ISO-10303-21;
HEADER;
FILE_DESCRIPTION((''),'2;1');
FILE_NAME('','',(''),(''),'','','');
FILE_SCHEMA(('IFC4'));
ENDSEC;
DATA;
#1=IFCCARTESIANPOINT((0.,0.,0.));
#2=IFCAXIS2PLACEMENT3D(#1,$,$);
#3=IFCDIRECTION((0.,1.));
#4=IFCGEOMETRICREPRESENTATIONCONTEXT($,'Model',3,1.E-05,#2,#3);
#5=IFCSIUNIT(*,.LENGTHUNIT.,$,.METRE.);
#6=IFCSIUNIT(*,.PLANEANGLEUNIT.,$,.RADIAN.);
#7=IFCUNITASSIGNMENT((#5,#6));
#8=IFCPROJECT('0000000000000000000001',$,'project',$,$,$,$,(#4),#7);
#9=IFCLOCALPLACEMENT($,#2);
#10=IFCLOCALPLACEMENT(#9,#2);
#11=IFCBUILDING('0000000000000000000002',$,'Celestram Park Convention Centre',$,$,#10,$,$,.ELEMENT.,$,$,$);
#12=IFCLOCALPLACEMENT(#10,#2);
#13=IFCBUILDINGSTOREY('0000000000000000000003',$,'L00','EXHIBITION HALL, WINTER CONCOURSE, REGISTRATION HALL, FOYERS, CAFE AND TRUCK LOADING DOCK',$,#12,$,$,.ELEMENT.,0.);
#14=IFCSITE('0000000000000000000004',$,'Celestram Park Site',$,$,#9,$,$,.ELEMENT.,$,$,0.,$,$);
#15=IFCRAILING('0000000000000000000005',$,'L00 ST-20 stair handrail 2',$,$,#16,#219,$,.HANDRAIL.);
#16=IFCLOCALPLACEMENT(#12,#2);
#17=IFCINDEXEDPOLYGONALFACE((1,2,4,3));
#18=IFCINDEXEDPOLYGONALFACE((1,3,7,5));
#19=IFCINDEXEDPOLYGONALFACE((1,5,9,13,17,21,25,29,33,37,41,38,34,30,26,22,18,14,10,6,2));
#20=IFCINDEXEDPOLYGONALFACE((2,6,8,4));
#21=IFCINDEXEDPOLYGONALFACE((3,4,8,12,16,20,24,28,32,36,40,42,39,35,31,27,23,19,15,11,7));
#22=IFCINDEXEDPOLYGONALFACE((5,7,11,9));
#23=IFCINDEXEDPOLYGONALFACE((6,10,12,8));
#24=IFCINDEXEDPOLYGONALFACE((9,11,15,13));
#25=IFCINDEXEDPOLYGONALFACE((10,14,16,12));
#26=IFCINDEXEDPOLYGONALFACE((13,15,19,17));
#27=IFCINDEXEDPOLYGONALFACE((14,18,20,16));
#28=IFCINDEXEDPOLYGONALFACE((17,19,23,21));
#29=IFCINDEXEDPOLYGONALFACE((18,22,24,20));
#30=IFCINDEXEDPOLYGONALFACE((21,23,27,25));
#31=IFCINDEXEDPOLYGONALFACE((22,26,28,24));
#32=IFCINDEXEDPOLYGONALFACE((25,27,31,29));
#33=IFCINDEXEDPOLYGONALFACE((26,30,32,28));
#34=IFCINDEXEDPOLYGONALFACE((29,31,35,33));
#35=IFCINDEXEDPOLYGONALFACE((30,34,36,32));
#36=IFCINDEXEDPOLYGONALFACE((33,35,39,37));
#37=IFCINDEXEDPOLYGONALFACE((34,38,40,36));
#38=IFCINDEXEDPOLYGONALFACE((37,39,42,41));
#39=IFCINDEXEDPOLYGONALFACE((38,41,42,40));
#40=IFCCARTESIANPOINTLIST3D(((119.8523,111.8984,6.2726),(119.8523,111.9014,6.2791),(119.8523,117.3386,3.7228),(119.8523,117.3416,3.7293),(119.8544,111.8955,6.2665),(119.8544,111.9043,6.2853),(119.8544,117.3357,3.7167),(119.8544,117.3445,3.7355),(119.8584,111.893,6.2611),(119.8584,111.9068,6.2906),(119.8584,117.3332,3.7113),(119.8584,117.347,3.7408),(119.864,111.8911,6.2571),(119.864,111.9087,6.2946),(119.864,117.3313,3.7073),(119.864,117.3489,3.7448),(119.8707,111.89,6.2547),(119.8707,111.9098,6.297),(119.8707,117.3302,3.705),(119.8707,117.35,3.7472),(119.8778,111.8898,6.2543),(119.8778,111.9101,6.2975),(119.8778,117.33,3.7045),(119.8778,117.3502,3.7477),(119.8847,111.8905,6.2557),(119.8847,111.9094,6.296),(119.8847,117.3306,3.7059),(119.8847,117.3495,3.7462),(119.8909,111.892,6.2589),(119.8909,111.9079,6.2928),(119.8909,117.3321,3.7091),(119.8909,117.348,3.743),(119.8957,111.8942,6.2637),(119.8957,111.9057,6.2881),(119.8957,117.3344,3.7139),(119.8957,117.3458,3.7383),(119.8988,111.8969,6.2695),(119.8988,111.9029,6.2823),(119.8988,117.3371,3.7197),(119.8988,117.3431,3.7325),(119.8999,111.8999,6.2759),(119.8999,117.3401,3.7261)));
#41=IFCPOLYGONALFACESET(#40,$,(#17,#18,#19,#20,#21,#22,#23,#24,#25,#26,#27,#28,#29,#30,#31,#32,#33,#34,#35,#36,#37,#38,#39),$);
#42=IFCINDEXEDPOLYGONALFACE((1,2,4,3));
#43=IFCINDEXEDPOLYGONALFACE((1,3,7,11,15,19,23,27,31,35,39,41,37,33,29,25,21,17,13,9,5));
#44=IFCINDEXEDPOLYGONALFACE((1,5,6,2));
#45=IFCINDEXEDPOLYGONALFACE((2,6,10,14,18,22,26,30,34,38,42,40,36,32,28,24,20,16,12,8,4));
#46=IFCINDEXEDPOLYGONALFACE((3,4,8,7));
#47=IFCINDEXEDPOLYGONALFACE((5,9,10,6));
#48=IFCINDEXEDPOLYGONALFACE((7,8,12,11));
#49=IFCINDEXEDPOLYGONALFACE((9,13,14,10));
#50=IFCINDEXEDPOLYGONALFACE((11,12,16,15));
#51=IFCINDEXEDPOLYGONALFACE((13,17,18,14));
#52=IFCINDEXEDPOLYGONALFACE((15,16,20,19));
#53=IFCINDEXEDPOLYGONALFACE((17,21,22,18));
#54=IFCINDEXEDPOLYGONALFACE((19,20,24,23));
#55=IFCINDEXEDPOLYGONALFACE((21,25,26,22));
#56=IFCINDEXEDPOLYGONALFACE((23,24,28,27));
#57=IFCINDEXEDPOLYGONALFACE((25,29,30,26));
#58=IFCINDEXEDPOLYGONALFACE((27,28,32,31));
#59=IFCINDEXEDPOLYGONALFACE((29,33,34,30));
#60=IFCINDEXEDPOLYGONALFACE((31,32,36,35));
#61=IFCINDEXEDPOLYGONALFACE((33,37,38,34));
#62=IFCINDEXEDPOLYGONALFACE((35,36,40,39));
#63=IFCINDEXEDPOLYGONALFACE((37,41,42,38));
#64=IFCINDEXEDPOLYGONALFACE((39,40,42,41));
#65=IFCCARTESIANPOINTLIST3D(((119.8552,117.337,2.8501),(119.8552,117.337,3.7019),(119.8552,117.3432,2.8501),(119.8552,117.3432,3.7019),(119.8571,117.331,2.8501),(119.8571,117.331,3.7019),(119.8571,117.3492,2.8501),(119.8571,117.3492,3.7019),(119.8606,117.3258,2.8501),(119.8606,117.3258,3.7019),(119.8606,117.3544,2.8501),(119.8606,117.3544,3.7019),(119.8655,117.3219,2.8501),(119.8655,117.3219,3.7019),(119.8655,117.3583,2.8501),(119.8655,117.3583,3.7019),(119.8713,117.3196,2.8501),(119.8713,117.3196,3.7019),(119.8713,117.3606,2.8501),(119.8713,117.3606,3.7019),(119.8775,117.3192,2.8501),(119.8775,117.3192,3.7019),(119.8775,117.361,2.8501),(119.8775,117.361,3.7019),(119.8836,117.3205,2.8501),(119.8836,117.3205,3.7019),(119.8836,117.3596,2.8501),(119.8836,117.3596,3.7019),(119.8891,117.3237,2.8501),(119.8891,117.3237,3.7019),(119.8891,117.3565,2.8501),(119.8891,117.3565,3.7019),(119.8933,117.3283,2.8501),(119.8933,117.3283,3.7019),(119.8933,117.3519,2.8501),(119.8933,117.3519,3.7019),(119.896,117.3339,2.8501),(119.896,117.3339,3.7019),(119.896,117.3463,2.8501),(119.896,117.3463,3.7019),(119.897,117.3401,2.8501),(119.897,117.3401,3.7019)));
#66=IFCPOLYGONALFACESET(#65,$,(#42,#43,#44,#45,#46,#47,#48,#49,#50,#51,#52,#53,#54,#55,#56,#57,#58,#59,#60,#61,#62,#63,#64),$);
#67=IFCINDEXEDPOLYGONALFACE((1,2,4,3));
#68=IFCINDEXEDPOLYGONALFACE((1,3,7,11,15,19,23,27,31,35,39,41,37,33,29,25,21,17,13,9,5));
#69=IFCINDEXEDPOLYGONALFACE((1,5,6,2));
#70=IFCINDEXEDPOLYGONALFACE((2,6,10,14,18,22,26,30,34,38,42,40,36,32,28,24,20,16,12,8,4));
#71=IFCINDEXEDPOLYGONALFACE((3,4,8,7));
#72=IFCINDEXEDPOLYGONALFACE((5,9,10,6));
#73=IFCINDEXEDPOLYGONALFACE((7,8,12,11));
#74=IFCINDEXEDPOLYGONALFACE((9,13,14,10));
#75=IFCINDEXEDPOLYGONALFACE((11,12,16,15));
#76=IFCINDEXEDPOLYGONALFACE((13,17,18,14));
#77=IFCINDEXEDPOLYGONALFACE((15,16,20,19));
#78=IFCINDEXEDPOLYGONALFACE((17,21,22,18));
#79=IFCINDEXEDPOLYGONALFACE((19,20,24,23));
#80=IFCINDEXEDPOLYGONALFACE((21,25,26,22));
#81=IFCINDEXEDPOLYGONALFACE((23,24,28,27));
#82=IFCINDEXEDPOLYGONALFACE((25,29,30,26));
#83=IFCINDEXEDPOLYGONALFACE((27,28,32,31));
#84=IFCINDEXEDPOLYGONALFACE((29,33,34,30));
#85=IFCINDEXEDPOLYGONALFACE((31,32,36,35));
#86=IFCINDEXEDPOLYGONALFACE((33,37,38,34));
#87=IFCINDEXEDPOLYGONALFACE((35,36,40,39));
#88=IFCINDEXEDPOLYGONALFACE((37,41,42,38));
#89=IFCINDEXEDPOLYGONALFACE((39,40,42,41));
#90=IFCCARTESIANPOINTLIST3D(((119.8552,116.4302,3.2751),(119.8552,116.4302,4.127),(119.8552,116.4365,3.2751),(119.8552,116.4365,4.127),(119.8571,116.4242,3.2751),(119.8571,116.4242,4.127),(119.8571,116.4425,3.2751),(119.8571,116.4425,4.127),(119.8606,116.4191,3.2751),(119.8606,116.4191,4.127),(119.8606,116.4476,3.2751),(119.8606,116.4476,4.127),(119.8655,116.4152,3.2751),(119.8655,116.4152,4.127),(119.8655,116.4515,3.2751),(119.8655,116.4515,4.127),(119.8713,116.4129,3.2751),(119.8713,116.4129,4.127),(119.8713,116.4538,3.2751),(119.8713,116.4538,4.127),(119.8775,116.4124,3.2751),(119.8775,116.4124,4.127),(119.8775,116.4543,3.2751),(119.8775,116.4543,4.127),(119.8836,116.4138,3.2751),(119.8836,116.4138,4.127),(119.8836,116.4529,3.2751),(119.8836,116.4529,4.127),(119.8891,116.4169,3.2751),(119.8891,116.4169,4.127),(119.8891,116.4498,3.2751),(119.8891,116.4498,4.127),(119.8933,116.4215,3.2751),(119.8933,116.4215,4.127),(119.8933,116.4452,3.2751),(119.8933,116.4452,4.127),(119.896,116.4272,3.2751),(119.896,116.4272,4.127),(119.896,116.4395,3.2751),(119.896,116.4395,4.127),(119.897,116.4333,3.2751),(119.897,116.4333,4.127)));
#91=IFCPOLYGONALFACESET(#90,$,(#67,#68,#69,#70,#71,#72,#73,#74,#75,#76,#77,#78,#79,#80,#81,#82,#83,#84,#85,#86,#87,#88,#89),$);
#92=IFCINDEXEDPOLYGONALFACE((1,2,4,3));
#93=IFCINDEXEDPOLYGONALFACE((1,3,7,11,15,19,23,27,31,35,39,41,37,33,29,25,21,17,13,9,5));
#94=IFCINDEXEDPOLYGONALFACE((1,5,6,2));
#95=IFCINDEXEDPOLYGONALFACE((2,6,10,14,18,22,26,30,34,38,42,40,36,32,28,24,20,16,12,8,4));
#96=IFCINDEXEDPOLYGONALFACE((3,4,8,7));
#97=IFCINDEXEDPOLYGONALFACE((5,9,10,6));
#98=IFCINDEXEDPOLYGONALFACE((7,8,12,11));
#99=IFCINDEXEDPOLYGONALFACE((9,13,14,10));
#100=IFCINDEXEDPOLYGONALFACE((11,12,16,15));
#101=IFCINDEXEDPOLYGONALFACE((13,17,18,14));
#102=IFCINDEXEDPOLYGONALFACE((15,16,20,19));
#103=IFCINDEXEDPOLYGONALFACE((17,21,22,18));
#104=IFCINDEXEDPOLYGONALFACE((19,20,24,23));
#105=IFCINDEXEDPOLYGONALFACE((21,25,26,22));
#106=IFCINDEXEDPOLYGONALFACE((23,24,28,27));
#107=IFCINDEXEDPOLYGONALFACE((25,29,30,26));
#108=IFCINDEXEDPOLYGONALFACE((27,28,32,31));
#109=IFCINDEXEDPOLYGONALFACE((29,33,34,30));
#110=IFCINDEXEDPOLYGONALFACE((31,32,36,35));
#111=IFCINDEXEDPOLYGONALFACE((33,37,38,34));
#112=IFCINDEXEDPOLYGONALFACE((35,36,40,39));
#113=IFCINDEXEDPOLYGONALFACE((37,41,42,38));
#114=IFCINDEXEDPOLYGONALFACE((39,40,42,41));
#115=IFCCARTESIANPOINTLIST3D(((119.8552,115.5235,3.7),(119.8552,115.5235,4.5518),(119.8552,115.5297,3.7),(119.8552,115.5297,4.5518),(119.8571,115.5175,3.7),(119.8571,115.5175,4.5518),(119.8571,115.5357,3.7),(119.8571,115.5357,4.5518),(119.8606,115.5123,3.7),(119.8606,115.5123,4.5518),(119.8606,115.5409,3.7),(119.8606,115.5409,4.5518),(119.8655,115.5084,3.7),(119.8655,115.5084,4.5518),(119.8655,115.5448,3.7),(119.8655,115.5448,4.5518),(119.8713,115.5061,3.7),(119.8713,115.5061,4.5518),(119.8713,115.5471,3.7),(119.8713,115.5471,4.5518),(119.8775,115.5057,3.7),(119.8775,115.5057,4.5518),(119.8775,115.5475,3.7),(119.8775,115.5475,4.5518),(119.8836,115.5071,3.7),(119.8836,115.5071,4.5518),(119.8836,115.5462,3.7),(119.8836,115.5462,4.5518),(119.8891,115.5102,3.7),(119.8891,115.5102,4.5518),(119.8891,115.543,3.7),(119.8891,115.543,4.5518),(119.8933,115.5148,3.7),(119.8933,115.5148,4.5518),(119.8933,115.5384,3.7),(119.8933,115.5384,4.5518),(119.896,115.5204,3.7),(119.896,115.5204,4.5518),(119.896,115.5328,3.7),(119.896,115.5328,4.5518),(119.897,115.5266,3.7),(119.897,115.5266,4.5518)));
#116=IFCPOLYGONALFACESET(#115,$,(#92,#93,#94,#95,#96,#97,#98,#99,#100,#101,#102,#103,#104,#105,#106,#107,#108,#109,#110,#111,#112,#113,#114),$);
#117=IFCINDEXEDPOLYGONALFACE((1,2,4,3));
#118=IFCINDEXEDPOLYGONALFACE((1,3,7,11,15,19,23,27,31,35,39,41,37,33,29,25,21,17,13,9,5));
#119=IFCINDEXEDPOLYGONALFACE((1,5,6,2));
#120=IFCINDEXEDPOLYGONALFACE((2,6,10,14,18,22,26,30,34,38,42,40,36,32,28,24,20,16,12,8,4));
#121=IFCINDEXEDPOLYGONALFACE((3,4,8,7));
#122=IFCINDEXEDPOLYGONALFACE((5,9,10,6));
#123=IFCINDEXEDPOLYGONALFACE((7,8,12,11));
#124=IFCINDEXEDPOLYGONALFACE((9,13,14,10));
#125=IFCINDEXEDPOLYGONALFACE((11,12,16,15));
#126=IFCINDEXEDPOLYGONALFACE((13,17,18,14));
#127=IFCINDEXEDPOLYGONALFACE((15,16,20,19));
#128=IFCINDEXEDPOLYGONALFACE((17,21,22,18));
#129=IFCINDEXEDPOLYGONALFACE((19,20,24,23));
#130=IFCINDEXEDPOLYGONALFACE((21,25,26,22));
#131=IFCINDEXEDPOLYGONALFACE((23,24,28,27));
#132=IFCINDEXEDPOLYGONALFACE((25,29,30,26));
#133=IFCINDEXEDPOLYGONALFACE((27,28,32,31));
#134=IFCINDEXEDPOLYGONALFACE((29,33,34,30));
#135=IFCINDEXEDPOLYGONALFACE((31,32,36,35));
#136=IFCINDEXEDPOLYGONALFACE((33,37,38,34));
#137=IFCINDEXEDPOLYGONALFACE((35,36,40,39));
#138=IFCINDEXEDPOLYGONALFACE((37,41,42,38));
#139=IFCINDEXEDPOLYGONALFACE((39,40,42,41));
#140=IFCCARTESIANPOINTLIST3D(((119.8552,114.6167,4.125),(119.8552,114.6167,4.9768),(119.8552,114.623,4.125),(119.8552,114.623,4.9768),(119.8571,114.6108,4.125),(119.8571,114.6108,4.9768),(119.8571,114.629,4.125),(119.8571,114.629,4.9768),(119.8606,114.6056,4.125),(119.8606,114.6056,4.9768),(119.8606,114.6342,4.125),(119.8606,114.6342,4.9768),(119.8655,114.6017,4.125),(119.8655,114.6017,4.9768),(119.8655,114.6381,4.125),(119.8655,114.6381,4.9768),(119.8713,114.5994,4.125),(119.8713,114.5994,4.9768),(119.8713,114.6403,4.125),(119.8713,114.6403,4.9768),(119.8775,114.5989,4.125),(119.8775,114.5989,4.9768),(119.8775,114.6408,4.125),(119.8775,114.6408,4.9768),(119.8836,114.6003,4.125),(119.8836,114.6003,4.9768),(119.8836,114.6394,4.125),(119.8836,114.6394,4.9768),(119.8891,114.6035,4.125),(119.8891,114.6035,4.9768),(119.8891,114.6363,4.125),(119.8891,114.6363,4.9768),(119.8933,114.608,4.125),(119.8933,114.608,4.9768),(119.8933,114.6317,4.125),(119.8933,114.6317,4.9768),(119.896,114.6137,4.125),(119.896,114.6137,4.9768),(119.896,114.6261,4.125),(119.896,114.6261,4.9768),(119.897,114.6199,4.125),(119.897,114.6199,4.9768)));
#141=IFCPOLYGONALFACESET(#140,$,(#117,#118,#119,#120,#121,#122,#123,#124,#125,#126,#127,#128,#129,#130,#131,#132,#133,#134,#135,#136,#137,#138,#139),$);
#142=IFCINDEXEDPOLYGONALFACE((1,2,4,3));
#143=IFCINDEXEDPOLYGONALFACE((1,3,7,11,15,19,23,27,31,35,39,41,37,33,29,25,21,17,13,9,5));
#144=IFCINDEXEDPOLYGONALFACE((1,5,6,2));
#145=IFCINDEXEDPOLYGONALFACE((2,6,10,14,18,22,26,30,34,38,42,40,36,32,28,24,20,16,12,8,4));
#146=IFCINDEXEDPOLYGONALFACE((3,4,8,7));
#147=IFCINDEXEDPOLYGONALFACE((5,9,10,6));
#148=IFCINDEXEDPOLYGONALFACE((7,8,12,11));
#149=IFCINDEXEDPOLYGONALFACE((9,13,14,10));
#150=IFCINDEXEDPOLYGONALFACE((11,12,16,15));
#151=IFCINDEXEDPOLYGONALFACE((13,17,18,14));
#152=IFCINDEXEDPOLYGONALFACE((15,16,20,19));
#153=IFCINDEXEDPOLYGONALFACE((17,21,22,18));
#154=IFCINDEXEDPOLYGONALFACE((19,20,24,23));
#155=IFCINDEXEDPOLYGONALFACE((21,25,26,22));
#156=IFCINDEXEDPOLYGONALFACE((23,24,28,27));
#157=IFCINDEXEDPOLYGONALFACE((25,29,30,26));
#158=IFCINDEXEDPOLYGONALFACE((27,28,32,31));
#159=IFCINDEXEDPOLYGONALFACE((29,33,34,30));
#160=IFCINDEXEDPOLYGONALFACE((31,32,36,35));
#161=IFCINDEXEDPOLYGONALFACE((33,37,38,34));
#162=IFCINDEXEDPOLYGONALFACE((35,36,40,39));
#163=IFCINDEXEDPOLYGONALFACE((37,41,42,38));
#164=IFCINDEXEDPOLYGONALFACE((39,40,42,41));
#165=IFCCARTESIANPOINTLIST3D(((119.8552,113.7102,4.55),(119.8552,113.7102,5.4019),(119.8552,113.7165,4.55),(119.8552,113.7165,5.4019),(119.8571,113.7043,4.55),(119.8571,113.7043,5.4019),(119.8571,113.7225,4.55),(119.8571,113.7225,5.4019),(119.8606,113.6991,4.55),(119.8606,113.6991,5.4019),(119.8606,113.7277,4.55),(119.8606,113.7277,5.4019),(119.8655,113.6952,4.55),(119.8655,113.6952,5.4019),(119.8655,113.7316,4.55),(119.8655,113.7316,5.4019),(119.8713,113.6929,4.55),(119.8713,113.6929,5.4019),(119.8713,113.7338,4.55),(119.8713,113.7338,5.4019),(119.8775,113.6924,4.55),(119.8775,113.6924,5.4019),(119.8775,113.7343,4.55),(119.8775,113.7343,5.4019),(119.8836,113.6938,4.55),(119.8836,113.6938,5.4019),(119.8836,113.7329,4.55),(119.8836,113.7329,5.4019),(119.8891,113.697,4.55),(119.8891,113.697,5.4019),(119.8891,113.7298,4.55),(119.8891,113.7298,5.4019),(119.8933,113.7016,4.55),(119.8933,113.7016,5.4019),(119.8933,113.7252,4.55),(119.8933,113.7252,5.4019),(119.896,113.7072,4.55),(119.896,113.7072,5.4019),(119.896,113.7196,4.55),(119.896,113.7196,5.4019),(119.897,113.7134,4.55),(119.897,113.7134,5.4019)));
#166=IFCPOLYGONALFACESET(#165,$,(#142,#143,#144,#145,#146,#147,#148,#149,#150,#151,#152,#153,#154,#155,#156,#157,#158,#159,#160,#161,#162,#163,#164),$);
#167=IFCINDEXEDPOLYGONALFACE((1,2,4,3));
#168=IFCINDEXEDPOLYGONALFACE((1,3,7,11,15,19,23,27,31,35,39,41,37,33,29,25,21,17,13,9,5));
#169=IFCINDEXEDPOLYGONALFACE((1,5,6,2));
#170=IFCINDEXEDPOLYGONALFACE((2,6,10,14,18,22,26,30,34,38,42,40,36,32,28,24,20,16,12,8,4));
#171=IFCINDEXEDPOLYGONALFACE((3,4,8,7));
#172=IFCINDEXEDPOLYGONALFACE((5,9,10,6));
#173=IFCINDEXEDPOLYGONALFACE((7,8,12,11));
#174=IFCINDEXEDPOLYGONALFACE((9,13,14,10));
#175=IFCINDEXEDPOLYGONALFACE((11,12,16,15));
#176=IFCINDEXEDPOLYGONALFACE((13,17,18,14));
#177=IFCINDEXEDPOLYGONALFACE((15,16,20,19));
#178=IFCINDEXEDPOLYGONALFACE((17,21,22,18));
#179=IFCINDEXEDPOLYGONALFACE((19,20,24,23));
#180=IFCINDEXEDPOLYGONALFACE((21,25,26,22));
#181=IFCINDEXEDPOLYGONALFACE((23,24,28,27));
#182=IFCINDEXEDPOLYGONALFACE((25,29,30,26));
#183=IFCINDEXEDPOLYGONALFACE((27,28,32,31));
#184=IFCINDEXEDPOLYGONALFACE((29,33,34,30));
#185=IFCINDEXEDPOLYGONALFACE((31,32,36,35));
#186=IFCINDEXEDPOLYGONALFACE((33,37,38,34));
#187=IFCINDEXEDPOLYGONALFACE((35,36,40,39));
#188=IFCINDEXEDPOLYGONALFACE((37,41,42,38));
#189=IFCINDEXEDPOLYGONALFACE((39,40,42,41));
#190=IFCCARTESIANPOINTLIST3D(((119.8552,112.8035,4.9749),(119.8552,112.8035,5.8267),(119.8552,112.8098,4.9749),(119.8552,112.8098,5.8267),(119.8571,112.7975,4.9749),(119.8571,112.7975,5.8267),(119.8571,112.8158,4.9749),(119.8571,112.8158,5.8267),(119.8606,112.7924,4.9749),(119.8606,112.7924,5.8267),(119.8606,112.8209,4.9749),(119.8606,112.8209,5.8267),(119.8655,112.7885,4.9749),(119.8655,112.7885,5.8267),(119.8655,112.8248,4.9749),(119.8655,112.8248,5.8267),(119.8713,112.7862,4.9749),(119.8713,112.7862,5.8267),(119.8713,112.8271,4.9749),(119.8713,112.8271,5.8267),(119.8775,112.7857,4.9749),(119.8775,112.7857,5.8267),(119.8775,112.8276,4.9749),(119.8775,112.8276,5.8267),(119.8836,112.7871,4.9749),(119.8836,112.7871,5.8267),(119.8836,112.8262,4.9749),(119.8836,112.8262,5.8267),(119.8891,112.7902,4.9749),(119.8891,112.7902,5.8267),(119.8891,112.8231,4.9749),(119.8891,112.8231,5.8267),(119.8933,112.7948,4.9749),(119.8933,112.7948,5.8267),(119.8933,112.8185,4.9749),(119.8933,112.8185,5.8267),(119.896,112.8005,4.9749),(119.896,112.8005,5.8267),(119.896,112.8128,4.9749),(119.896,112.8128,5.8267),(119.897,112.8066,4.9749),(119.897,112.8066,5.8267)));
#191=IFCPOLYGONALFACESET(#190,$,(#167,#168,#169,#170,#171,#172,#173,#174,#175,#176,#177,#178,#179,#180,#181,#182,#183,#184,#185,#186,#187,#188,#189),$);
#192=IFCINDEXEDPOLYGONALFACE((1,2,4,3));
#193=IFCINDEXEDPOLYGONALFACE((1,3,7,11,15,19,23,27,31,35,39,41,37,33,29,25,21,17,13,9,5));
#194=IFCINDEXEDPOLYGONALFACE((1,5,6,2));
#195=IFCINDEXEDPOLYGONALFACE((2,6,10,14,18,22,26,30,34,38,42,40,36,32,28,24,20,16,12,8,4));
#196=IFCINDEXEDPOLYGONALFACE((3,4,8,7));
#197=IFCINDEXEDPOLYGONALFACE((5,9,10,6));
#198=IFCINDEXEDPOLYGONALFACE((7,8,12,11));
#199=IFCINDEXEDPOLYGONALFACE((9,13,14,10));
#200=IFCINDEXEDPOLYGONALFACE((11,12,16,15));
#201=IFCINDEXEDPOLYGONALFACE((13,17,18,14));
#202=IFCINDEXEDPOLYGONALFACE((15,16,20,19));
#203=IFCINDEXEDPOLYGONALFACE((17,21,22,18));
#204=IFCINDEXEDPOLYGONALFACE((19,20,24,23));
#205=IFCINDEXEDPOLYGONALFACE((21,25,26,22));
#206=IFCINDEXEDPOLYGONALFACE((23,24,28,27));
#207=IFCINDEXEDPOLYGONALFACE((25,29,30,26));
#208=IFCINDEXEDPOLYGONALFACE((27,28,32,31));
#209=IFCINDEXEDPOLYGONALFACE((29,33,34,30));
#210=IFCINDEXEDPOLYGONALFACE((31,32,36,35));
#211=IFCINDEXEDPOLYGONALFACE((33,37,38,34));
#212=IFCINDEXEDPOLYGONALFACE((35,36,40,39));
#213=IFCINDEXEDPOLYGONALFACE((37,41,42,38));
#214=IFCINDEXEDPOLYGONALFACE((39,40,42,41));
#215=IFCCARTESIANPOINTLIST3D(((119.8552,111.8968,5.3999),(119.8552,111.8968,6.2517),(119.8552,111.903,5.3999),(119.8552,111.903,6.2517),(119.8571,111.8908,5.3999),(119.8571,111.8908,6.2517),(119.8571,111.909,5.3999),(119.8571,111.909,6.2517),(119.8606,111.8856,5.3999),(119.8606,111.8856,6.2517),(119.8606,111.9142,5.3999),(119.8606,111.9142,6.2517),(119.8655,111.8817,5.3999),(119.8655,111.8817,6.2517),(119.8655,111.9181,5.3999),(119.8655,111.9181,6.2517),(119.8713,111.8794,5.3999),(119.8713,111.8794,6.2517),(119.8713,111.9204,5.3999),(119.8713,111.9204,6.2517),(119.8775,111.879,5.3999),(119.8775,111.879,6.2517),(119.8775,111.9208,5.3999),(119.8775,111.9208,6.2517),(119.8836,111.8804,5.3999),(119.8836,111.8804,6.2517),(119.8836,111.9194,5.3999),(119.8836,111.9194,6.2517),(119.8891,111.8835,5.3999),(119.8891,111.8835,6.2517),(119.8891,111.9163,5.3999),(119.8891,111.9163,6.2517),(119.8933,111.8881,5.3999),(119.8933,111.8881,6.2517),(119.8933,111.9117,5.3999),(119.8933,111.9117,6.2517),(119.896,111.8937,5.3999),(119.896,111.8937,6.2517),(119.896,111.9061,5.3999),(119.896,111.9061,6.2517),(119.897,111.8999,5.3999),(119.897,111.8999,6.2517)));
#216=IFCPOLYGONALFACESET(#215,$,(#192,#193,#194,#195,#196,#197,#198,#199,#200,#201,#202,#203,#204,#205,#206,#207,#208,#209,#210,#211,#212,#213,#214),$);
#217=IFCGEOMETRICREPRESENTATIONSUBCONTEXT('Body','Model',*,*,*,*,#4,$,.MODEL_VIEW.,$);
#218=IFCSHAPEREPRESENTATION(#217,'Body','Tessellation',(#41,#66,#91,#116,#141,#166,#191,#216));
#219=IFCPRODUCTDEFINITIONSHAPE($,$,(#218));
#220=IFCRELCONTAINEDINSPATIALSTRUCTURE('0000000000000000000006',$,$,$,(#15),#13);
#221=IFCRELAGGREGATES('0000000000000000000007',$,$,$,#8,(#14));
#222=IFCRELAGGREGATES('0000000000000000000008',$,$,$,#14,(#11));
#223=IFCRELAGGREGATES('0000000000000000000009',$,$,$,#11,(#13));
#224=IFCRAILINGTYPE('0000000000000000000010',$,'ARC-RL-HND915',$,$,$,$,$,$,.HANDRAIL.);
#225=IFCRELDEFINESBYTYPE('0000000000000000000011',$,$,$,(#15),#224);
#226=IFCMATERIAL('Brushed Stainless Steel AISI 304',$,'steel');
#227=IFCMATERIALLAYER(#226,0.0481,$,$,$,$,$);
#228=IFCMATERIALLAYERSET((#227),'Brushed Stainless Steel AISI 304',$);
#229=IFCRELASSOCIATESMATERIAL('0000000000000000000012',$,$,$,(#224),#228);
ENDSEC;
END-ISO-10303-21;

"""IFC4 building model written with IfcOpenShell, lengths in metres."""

from ifc_helpers import new_model, si_unit, direction, frame, origin, origin_2d, place, context, subcontext, project, spatial, circle, extrude, material, layer, layer_set, type_object, element, save


model = new_model("IFC4")

# Units and contexts
model_context = context("Model", 3, precision=1e-05, world=origin(), true_north=direction((0.0, 1.0)))
body_context = subcontext(model_context, "Body", "Model", "MODEL_VIEW")
ifc_project = project(units=[si_unit("LENGTHUNIT", "METRE"), si_unit("PLANEANGLEUNIT", "RADIAN")], contexts=[model_context])

# Site, building, storey
site_placement = place(None, origin())
site = spatial("IfcSite", under=ifc_project, at=site_placement, Name="Celestram Park Site", CompositionType="ELEMENT", RefElevation=0.0)
building_placement = place(site_placement, origin())
building = spatial("IfcBuilding", under=site, at=building_placement, Name="Celestram Park Convention Centre", CompositionType="ELEMENT")
storey_placement = place(building_placement, origin())
storey = spatial("IfcBuildingStorey", under=building, at=storey_placement, Name="L00", Description="EXHIBITION HALL, WINTER CONCOURSE, REGISTRATION HALL, FOYERS, CAFE AND TRUCK LOADING DOCK", CompositionType="ELEMENT", Elevation=0.0)

# Railing
ifc_material_1 = material(Name="Brushed Stainless Steel AISI 304", Category="steel")
ifc_layer_1 = layer(ifc_material_1, 0.0481)
ifc_layer_set_1 = layer_set([ifc_layer_1], Name="Brushed Stainless Steel AISI 304")
railing_type = type_object("IfcRailingType", Name="ARC-RL-HND915", PredefinedType="HANDRAIL", material=ifc_layer_set_1)
railing_placement = place(storey_placement, frame((119.876, 117.3401, 2.8501)))
element("IfcRailing", 1, at=railing_placement, inside=storey, type_object=railing_type, Name="L00 ST-20 stair handrail 2", PredefinedType="HANDRAIL", context=body_context, shape_type="SweptSolid", body=[
    extrude(circle(Radius=0.0239, at=origin_2d()), frame((0.0, 0.0, 0.876), z_axis=(0.0, -0.905477, 0.424395), x_axis=(1.0, 0.0, 0.0)), (0.0, 0.0, 1.0), 6.0081),
    extrude(circle(Radius=0.021, at=origin_2d()), origin(), (0.0, 0.0, 1.0), 0.8518),
    extrude(circle(Radius=0.021, at=origin_2d()), frame((0.0, -0.9067, 0.425)), (0.0, 0.0, 1.0), 0.8518),
    extrude(circle(Radius=0.021, at=origin_2d()), frame((0.0, -1.8135, 0.8499)), (0.0, 0.0, 1.0), 0.8518),
    extrude(circle(Radius=0.021, at=origin_2d()), frame((0.0, -2.7202, 1.2749)), (0.0, 0.0, 1.0), 0.8518),
    extrude(circle(Radius=0.021, at=origin_2d()), frame((0.0, -3.6267, 1.7)), (0.0, 0.0, 1.0), 0.8518),
    extrude(circle(Radius=0.021, at=origin_2d()), frame((0.0, -4.5334, 2.1248)), (0.0, 0.0, 1.0), 0.8518),
    extrude(circle(Radius=0.021, at=origin_2d()), frame((0.0, -5.4402, 2.5498)), (0.0, 0.0, 1.0), 0.8518),
])

save(model, "model.ifc")
